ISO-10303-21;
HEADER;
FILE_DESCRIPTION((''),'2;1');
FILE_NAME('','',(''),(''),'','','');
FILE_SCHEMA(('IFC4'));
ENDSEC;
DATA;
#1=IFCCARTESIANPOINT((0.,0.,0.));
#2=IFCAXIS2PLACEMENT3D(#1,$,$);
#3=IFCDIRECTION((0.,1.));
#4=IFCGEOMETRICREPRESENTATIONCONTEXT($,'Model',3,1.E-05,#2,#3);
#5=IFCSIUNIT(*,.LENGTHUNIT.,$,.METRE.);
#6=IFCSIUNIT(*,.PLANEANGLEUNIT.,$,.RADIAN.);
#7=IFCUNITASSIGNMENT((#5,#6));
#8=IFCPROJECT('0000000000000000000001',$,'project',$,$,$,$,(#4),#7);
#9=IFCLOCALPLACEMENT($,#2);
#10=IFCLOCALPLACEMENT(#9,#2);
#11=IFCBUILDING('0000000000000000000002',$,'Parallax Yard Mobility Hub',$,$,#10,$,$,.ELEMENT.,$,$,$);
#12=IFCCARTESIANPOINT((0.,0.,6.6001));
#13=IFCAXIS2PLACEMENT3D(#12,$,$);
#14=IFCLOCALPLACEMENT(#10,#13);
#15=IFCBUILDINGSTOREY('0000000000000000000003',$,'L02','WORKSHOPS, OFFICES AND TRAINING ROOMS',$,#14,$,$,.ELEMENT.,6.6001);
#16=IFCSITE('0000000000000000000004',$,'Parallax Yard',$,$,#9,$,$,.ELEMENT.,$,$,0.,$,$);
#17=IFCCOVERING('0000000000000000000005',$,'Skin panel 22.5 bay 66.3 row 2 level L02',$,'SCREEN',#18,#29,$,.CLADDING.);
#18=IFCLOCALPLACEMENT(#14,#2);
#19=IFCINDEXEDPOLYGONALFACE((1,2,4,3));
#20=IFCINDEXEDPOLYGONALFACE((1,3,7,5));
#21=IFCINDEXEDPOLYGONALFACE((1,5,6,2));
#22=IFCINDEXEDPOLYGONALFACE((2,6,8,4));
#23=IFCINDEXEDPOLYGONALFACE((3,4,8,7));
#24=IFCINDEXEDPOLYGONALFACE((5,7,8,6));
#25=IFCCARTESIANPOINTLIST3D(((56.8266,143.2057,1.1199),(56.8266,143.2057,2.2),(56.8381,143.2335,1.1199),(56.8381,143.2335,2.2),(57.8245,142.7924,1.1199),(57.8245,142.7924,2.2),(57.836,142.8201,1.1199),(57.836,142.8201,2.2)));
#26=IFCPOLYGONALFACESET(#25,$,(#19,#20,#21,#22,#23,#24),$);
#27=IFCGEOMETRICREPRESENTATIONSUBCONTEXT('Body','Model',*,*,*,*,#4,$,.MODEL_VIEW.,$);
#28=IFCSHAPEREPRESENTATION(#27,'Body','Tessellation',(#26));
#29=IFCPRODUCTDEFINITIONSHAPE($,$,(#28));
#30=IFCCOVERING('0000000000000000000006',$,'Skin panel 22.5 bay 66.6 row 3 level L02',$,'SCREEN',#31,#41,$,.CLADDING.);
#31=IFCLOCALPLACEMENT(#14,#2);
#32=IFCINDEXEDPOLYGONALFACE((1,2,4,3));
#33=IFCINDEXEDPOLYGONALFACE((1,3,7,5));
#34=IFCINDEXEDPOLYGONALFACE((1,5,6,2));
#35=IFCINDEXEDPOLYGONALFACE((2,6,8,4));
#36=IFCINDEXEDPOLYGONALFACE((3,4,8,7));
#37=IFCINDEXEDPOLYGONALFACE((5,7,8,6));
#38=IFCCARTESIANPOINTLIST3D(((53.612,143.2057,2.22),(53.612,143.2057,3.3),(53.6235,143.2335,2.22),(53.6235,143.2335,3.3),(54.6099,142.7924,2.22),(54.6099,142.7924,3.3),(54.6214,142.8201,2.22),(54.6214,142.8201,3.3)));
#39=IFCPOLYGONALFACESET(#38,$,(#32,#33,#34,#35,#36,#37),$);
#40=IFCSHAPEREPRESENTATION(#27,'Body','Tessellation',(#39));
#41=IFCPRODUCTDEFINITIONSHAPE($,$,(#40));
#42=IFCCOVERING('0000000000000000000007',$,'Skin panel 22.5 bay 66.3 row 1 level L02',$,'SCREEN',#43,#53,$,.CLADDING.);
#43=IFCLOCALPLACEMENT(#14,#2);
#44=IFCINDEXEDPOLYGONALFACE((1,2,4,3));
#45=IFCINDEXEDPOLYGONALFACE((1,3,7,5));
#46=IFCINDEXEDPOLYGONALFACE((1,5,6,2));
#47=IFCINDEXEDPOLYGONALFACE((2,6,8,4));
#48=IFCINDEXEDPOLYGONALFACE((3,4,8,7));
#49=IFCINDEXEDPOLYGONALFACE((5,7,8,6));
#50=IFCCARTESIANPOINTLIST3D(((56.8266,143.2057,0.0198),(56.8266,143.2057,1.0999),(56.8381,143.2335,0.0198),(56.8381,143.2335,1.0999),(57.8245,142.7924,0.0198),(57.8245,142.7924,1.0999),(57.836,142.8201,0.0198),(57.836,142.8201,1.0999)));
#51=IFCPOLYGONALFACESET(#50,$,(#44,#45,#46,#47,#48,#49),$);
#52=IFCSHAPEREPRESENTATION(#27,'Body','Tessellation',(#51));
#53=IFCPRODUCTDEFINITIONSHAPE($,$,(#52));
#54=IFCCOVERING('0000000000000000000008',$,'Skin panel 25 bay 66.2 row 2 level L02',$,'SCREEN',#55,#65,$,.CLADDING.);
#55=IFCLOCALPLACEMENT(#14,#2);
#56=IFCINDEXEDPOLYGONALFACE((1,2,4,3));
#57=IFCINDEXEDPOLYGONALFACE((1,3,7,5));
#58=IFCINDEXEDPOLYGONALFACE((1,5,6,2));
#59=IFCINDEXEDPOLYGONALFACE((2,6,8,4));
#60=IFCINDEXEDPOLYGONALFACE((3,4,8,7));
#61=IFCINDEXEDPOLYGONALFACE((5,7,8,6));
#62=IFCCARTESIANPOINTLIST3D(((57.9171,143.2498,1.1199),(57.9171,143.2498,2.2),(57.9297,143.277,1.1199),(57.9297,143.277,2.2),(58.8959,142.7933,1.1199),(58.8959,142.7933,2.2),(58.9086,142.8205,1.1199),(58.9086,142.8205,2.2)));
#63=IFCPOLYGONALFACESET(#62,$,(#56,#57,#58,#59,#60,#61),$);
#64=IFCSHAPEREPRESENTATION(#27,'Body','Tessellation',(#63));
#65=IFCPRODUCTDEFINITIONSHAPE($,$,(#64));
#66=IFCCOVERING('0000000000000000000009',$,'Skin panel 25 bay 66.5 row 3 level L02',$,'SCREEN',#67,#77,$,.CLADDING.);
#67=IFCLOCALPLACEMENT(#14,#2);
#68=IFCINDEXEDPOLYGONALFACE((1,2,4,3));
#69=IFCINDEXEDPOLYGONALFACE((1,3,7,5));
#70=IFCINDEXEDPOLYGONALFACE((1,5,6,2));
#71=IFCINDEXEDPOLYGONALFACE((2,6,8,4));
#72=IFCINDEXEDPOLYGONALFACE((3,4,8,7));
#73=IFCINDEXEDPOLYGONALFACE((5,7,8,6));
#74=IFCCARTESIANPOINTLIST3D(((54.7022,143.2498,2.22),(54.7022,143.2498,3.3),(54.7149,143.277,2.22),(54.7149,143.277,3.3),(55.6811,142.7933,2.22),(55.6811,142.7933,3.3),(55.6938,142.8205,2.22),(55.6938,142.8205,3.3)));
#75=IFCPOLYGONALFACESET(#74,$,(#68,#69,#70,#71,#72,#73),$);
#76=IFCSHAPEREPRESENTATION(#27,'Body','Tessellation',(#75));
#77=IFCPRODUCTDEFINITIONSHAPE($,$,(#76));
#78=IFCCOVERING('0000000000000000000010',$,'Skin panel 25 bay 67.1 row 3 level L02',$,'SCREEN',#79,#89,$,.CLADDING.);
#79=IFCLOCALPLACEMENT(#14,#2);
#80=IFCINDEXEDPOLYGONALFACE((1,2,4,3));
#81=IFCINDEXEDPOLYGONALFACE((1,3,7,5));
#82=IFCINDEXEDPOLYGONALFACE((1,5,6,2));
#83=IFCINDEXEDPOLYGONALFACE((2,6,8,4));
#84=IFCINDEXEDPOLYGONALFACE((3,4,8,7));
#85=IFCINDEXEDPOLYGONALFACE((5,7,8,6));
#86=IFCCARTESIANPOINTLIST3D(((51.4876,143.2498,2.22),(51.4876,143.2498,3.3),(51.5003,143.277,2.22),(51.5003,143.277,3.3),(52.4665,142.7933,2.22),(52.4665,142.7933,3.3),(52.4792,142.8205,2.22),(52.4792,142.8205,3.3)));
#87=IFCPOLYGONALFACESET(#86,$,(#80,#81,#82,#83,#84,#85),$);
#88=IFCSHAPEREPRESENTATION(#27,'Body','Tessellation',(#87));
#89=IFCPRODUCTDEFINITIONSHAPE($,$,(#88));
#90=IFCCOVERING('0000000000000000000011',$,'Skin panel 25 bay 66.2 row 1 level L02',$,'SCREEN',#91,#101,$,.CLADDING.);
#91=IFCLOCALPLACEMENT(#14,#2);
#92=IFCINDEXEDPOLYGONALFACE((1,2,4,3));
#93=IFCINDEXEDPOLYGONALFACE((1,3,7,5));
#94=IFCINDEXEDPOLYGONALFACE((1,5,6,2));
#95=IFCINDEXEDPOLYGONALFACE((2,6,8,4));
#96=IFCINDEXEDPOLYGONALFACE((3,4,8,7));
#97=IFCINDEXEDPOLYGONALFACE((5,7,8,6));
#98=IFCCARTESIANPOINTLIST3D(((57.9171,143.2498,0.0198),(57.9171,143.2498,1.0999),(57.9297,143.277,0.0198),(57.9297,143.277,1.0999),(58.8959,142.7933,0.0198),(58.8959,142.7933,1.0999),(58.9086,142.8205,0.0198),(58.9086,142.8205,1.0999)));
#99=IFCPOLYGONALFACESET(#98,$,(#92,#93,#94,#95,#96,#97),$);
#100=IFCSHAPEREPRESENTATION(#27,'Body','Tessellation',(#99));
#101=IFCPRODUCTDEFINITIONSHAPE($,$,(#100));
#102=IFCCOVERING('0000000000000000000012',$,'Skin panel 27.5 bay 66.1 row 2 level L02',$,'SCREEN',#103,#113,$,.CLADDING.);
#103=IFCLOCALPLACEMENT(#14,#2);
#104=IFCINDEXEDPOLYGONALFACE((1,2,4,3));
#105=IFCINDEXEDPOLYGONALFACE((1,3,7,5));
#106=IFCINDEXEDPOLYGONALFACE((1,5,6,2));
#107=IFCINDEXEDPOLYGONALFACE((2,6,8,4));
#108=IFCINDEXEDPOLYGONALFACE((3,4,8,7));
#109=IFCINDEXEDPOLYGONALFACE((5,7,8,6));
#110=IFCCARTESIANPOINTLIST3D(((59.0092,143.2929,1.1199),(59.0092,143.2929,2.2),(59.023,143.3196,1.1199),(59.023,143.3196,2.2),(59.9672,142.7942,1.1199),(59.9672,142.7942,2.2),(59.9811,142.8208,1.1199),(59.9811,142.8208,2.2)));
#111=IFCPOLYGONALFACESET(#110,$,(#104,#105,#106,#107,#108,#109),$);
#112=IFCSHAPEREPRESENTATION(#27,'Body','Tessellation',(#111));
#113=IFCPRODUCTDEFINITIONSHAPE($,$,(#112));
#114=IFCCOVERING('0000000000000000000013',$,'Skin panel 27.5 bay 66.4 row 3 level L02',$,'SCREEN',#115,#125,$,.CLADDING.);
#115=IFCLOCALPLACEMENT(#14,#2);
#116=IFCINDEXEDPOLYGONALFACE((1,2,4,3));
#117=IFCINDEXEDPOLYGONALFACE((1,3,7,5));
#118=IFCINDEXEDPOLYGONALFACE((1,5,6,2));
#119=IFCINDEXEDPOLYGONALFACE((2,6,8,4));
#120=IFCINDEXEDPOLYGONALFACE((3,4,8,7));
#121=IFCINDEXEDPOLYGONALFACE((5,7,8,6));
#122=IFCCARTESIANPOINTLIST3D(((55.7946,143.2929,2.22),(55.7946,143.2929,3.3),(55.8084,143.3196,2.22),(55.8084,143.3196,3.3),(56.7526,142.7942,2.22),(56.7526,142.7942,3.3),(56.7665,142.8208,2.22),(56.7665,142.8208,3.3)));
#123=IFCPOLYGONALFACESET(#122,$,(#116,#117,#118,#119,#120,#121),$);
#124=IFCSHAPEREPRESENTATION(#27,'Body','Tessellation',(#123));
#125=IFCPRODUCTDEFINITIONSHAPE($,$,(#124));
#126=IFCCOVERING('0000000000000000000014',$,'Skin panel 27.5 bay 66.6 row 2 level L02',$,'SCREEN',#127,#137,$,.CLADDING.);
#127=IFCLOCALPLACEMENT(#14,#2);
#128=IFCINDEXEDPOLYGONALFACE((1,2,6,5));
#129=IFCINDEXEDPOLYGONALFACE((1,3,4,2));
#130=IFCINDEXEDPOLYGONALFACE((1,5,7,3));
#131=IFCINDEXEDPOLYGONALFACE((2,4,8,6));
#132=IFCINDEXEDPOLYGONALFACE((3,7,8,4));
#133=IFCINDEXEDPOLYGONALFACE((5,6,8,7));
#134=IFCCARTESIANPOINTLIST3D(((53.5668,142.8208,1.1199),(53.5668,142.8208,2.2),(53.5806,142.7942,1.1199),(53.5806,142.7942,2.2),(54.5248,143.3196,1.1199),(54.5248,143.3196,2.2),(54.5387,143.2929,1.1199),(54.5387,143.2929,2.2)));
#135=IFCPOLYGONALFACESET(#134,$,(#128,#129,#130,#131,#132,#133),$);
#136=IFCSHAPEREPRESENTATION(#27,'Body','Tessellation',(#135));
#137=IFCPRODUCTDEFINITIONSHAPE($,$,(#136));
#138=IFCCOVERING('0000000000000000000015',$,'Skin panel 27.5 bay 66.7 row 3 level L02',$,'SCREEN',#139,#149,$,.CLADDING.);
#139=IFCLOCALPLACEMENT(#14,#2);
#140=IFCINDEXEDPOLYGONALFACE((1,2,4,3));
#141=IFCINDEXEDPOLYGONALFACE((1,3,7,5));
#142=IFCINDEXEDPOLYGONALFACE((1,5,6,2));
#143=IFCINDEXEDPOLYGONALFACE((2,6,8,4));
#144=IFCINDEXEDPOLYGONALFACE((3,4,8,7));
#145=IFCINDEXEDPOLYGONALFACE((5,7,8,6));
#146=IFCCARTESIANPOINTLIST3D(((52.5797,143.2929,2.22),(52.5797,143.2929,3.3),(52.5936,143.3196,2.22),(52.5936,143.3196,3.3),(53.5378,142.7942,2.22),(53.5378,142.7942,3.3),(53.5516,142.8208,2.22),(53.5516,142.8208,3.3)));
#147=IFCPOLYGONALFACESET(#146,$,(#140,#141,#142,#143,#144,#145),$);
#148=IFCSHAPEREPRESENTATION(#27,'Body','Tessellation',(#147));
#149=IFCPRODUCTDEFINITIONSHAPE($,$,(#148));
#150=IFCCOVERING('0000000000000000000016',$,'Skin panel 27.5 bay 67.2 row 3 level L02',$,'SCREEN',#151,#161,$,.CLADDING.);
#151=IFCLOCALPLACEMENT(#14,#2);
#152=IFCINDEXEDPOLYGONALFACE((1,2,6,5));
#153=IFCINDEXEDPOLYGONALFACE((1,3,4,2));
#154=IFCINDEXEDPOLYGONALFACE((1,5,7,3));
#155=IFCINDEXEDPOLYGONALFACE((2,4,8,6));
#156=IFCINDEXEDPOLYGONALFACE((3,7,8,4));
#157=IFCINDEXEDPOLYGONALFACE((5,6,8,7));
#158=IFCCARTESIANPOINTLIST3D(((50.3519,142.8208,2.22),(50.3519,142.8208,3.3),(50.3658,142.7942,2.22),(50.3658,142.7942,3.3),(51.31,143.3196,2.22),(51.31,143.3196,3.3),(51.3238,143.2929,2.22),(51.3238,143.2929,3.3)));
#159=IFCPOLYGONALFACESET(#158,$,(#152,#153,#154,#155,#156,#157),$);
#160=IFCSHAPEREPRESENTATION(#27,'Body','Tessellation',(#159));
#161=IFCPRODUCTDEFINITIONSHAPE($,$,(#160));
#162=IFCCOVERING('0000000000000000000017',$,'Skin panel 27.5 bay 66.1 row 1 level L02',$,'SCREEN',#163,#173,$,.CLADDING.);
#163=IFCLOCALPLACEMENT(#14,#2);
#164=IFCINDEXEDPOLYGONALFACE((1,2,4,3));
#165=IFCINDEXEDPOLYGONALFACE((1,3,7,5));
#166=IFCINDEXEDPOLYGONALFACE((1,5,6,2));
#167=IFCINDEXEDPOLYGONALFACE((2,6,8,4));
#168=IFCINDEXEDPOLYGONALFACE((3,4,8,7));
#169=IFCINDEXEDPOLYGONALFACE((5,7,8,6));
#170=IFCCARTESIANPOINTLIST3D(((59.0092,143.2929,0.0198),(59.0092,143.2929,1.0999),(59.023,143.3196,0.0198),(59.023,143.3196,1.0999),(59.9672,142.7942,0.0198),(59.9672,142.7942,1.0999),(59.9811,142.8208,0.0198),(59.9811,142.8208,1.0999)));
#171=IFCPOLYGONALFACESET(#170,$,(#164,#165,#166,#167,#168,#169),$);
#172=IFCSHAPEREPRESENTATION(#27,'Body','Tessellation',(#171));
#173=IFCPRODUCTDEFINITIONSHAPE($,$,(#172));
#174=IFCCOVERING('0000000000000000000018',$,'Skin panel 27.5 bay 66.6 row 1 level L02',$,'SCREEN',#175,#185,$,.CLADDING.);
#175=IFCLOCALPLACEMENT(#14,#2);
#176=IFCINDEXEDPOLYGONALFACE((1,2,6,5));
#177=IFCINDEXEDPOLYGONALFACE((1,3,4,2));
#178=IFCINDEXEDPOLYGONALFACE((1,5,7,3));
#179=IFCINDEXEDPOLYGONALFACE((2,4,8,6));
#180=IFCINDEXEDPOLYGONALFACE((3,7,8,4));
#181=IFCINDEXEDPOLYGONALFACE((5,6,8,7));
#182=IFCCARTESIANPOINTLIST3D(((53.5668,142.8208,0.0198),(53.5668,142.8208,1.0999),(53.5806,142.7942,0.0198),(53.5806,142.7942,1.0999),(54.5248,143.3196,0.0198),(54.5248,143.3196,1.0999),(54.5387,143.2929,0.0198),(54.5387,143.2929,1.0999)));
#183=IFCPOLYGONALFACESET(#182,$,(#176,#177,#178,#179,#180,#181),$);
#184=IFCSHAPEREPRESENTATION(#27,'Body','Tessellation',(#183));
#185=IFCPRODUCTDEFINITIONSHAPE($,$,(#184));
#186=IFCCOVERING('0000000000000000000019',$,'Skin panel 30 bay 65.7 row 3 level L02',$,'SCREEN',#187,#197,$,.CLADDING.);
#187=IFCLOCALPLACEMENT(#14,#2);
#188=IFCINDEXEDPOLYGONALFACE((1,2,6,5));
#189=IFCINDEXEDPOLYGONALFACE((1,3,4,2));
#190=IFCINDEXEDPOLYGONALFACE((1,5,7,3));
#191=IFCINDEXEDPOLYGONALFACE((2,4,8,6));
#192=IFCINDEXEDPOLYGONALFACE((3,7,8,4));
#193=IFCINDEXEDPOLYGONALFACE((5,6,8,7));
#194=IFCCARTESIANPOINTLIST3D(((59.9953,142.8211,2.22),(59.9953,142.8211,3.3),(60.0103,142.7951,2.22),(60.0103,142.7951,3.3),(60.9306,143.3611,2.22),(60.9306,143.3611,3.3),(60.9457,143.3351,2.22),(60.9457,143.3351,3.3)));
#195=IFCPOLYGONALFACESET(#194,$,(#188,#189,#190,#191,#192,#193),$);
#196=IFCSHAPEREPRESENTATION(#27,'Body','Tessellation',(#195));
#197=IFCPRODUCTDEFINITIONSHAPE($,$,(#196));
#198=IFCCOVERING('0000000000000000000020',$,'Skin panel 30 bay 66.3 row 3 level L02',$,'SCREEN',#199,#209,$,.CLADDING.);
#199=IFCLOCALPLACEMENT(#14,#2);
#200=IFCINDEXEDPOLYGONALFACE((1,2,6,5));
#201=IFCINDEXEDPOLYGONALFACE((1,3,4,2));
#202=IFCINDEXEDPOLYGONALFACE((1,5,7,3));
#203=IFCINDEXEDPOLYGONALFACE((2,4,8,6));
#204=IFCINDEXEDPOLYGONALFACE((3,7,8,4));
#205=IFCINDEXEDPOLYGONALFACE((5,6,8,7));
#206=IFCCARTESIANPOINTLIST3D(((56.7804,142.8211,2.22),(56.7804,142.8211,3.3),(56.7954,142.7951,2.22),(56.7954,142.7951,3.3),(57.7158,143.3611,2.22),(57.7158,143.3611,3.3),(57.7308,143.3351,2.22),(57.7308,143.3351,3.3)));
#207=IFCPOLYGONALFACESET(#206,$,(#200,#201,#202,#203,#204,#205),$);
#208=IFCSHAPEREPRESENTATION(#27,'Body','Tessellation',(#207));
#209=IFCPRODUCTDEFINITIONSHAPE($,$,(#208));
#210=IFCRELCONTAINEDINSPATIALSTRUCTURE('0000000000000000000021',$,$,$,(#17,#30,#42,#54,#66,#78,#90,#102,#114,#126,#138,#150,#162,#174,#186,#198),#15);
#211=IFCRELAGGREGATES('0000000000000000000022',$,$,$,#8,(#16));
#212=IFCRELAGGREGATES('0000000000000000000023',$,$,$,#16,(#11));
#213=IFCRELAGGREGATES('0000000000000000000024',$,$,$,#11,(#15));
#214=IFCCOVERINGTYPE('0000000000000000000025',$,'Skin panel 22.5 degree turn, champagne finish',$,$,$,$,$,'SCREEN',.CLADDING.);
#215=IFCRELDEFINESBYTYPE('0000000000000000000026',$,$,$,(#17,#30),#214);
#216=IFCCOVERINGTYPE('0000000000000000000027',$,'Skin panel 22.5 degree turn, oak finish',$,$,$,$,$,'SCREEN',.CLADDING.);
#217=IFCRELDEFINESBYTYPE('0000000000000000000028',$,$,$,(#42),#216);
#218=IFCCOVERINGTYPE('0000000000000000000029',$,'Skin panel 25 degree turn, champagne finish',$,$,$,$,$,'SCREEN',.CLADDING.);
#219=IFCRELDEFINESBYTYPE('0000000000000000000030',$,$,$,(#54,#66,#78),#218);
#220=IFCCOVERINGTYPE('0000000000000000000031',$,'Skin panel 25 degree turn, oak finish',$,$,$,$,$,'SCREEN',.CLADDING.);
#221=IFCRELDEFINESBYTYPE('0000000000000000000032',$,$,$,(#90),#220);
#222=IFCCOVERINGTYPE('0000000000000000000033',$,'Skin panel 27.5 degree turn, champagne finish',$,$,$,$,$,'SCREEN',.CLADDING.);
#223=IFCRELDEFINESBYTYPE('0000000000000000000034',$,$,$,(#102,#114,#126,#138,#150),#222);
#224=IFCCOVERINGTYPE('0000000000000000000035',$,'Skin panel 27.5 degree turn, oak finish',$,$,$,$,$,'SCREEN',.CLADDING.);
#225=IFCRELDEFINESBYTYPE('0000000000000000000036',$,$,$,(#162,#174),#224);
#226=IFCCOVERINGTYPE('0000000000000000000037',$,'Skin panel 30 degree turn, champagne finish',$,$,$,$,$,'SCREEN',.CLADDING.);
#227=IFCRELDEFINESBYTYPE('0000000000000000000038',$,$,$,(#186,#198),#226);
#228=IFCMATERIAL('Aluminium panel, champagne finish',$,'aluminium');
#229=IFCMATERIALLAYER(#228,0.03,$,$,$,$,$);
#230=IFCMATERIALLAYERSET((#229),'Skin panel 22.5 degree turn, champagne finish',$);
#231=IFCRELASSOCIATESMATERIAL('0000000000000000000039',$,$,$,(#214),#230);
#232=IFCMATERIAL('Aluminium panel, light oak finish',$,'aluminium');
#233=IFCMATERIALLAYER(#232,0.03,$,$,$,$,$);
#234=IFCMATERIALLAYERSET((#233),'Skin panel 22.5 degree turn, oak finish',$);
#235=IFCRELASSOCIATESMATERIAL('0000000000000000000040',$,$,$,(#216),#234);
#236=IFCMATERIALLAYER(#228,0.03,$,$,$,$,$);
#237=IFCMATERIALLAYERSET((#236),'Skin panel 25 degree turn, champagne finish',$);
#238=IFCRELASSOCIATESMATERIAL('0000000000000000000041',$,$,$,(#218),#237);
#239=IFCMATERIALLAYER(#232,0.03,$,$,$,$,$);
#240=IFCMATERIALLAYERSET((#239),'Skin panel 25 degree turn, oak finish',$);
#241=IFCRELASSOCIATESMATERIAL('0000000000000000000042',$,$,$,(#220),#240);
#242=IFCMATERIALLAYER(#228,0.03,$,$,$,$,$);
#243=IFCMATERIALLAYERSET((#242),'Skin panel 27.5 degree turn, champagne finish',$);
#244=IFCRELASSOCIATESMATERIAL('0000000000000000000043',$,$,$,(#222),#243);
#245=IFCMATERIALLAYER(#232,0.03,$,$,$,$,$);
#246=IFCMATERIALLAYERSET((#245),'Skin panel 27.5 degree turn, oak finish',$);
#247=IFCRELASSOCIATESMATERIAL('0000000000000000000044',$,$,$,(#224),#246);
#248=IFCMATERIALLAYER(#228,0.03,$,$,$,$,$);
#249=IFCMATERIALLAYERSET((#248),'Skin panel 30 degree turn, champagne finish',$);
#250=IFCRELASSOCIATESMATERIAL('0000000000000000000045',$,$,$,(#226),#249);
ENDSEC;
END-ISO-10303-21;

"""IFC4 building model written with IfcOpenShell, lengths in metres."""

from ifc_helpers import new_model, si_unit, direction, frame, origin, origin_2d, place, context, subcontext, project, spatial, rectangle, extrude, material, layer, layer_set, type_object, element, save


model = new_model("IFC4")

# Units and contexts
model_context = context("Model", 3, precision=1e-05, world=origin(), true_north=direction((0.0, 1.0)))
body_context = subcontext(model_context, "Body", "Model", "MODEL_VIEW")
ifc_project = project(units=[si_unit("LENGTHUNIT", "METRE"), si_unit("PLANEANGLEUNIT", "RADIAN")], contexts=[model_context])

# Site, building, storey
site_placement = place(None, origin())
site = spatial("IfcSite", under=ifc_project, at=site_placement, Name="Parallax Yard", CompositionType="ELEMENT", RefElevation=0.0)
building_placement = place(site_placement, origin())
building = spatial("IfcBuilding", under=site, at=building_placement, Name="Parallax Yard Mobility Hub", CompositionType="ELEMENT")
storey_placement = place(building_placement, frame((0.0, 0.0, 6.6001)))
storey = spatial("IfcBuildingStorey", under=building, at=storey_placement, Name="L02", Description="WORKSHOPS, OFFICES AND TRAINING ROOMS", CompositionType="ELEMENT", Elevation=6.6001)

# Coverings
ifc_material_1 = material(Name="Aluminium panel, champagne finish", Category="aluminium")
ifc_layer_1 = layer(ifc_material_1, 0.03)
ifc_layer_set_1 = layer_set([ifc_layer_1], Name="Skin panel 22.5 degree turn, champagne finish")
covering_type_1 = type_object("IfcCoveringType", Name="Skin panel 22.5 degree turn, champagne finish", ElementType="SCREEN", PredefinedType="CLADDING", material=ifc_layer_set_1)
for number, where, z_axis, x_axis, name in (
    (1, (57.3313, 143.0129, 1.1199), (0.0, 0.0, 1.0), (-0.92388, 0.382683, 0.0), "Skin panel 22.5 bay 66.3 row 2 level L02"),
    (2, (54.1167, 143.0129, 2.22), (0.0, 0.0, 1.0), (-0.92388, 0.382683, 0.0), "Skin panel 22.5 bay 66.6 row 3 level L02"),
):
    element("IfcCovering", number, at=place(storey_placement, frame(where, z_axis=z_axis, x_axis=x_axis)), inside=storey, type_object=covering_type_1, Name=name, ObjectType="SCREEN", PredefinedType="CLADDING", context=body_context, shape_type="SweptSolid", body=[
        extrude(rectangle(XDim=1.0801, YDim=0.03, at=origin_2d()), origin(), (0.0, 0.0, 1.0), 1.0801),
    ])
ifc_material_2 = material(Name="Aluminium panel, light oak finish", Category="aluminium")
ifc_layer_2 = layer(ifc_material_2, 0.03)
ifc_layer_set_2 = layer_set([ifc_layer_2], Name="Skin panel 22.5 degree turn, oak finish")
covering_type_2 = type_object("IfcCoveringType", Name="Skin panel 22.5 degree turn, oak finish", ElementType="SCREEN", PredefinedType="CLADDING", material=ifc_layer_set_2)
covering_1_placement = place(storey_placement, frame((57.3313, 143.0129, 0.0198), z_axis=(0.0, 0.0, 1.0), x_axis=(-0.92388, 0.382683, 0.0)))
element("IfcCovering", 3, at=covering_1_placement, inside=storey, type_object=covering_type_2, Name="Skin panel 22.5 bay 66.3 row 1 level L02", ObjectType="SCREEN", PredefinedType="CLADDING", context=body_context, shape_type="SweptSolid", body=[
    extrude(rectangle(XDim=1.0801, YDim=0.03, at=origin_2d()), origin(), (0.0, 0.0, 1.0), 1.0801),
])
ifc_layer_3 = layer(ifc_material_1, 0.03)
ifc_layer_set_3 = layer_set([ifc_layer_3], Name="Skin panel 25 degree turn, champagne finish")
covering_type_3 = type_object("IfcCoveringType", Name="Skin panel 25 degree turn, champagne finish", ElementType="SCREEN", PredefinedType="CLADDING", material=ifc_layer_set_3)
for number, where, z_axis, x_axis, name in (
    (4, (58.4128, 143.0352, 1.1199), (0.0, 0.0, 1.0), (-0.906308, 0.422618, 0.0), "Skin panel 25 bay 66.2 row 2 level L02"),
    (5, (55.198, 143.0352, 2.22), (0.0, 0.0, 1.0), (-0.906308, 0.422618, 0.0), "Skin panel 25 bay 66.5 row 3 level L02"),
    (6, (51.9834, 143.0352, 2.22), (0.0, 0.0, 1.0), (-0.906308, 0.422618, 0.0), "Skin panel 25 bay 67.1 row 3 level L02"),
):
    element("IfcCovering", number, at=place(storey_placement, frame(where, z_axis=z_axis, x_axis=x_axis)), inside=storey, type_object=covering_type_3, Name=name, ObjectType="SCREEN", PredefinedType="CLADDING", context=body_context, shape_type="SweptSolid", body=[
        extrude(rectangle(XDim=1.0801, YDim=0.03, at=origin_2d()), origin(), (0.0, 0.0, 1.0), 1.0801),
    ])
ifc_layer_4 = layer(ifc_material_2, 0.03)
ifc_layer_set_4 = layer_set([ifc_layer_4], Name="Skin panel 25 degree turn, oak finish")
covering_type_4 = type_object("IfcCoveringType", Name="Skin panel 25 degree turn, oak finish", ElementType="SCREEN", PredefinedType="CLADDING", material=ifc_layer_set_4)
covering_2_placement = place(storey_placement, frame((58.4128, 143.0352, 0.0198), z_axis=(0.0, 0.0, 1.0), x_axis=(-0.906308, 0.422618, 0.0)))
element("IfcCovering", 7, at=covering_2_placement, inside=storey, type_object=covering_type_4, Name="Skin panel 25 bay 66.2 row 1 level L02", ObjectType="SCREEN", PredefinedType="CLADDING", context=body_context, shape_type="SweptSolid", body=[
    extrude(rectangle(XDim=1.0801, YDim=0.03, at=origin_2d()), origin(), (0.0, 0.0, 1.0), 1.0801),
])
ifc_layer_5 = layer(ifc_material_1, 0.03)
ifc_layer_set_5 = layer_set([ifc_layer_5], Name="Skin panel 27.5 degree turn, champagne finish")
covering_type_5 = type_object("IfcCoveringType", Name="Skin panel 27.5 degree turn, champagne finish", ElementType="SCREEN", PredefinedType="CLADDING", material=ifc_layer_set_5)
for number, where, z_axis, x_axis, name in (
    (8, (59.4951, 143.0569, 1.1199), (0.0, 0.0, 1.0), (-0.887011, 0.461749, 0.0), "Skin panel 27.5 bay 66.1 row 2 level L02"),
    (9, (56.2805, 143.0569, 2.22), (0.0, 0.0, 1.0), (-0.887011, 0.461749, 0.0), "Skin panel 27.5 bay 66.4 row 3 level L02"),
    (10, (54.0527, 143.0569, 1.1199), (0.0, 0.0, 1.0), (0.887011, 0.461749, 0.0), "Skin panel 27.5 bay 66.6 row 2 level L02"),
    (11, (53.0657, 143.0569, 2.22), (0.0, 0.0, 1.0), (-0.887011, 0.461749, 0.0), "Skin panel 27.5 bay 66.7 row 3 level L02"),
    (12, (50.8379, 143.0569, 2.22), (0.0, 0.0, 1.0), (0.887011, 0.461749, 0.0), "Skin panel 27.5 bay 67.2 row 3 level L02"),
):
    element("IfcCovering", number, at=place(storey_placement, frame(where, z_axis=z_axis, x_axis=x_axis)), inside=storey, type_object=covering_type_5, Name=name, ObjectType="SCREEN", PredefinedType="CLADDING", context=body_context, shape_type="SweptSolid", body=[
        extrude(rectangle(XDim=1.0801, YDim=0.03, at=origin_2d()), origin(), (0.0, 0.0, 1.0), 1.0801),
    ])
ifc_layer_6 = layer(ifc_material_2, 0.03)
ifc_layer_set_6 = layer_set([ifc_layer_6], Name="Skin panel 27.5 degree turn, oak finish")
covering_type_6 = type_object("IfcCoveringType", Name="Skin panel 27.5 degree turn, oak finish", ElementType="SCREEN", PredefinedType="CLADDING", material=ifc_layer_set_6)
for number, where, z_axis, x_axis, name in (
    (13, (59.4951, 143.0569, 0.0198), (0.0, 0.0, 1.0), (-0.887011, 0.461749, 0.0), "Skin panel 27.5 bay 66.1 row 1 level L02"),
    (14, (54.0527, 143.0569, 0.0198), (0.0, 0.0, 1.0), (0.887011, 0.461749, 0.0), "Skin panel 27.5 bay 66.6 row 1 level L02"),
):
    element("IfcCovering", number, at=place(storey_placement, frame(where, z_axis=z_axis, x_axis=x_axis)), inside=storey, type_object=covering_type_6, Name=name, ObjectType="SCREEN", PredefinedType="CLADDING", context=body_context, shape_type="SweptSolid", body=[
        extrude(rectangle(XDim=1.0801, YDim=0.03, at=origin_2d()), origin(), (0.0, 0.0, 1.0), 1.0801),
    ])
ifc_layer_7 = layer(ifc_material_1, 0.03)
ifc_layer_set_7 = layer_set([ifc_layer_7], Name="Skin panel 30 degree turn, champagne finish")
covering_type_7 = type_object("IfcCoveringType", Name="Skin panel 30 degree turn, champagne finish", ElementType="SCREEN", PredefinedType="CLADDING", material=ifc_layer_set_7)
for number, where, z_axis, x_axis, name in (
    (15, (60.4705, 143.0781, 2.22), (0.0, 0.0, 1.0), (0.866025, 0.5, 0.0), "Skin panel 30 bay 65.7 row 3 level L02"),
    (16, (57.2556, 143.0781, 2.22), (0.0, 0.0, 1.0), (0.866025, 0.5, 0.0), "Skin panel 30 bay 66.3 row 3 level L02"),
):
    element("IfcCovering", number, at=place(storey_placement, frame(where, z_axis=z_axis, x_axis=x_axis)), inside=storey, type_object=covering_type_7, Name=name, ObjectType="SCREEN", PredefinedType="CLADDING", context=body_context, shape_type="SweptSolid", body=[
        extrude(rectangle(XDim=1.0801, YDim=0.03, at=origin_2d()), origin(), (0.0, 0.0, 1.0), 1.0801),
    ])

save(model, "model.ifc")
